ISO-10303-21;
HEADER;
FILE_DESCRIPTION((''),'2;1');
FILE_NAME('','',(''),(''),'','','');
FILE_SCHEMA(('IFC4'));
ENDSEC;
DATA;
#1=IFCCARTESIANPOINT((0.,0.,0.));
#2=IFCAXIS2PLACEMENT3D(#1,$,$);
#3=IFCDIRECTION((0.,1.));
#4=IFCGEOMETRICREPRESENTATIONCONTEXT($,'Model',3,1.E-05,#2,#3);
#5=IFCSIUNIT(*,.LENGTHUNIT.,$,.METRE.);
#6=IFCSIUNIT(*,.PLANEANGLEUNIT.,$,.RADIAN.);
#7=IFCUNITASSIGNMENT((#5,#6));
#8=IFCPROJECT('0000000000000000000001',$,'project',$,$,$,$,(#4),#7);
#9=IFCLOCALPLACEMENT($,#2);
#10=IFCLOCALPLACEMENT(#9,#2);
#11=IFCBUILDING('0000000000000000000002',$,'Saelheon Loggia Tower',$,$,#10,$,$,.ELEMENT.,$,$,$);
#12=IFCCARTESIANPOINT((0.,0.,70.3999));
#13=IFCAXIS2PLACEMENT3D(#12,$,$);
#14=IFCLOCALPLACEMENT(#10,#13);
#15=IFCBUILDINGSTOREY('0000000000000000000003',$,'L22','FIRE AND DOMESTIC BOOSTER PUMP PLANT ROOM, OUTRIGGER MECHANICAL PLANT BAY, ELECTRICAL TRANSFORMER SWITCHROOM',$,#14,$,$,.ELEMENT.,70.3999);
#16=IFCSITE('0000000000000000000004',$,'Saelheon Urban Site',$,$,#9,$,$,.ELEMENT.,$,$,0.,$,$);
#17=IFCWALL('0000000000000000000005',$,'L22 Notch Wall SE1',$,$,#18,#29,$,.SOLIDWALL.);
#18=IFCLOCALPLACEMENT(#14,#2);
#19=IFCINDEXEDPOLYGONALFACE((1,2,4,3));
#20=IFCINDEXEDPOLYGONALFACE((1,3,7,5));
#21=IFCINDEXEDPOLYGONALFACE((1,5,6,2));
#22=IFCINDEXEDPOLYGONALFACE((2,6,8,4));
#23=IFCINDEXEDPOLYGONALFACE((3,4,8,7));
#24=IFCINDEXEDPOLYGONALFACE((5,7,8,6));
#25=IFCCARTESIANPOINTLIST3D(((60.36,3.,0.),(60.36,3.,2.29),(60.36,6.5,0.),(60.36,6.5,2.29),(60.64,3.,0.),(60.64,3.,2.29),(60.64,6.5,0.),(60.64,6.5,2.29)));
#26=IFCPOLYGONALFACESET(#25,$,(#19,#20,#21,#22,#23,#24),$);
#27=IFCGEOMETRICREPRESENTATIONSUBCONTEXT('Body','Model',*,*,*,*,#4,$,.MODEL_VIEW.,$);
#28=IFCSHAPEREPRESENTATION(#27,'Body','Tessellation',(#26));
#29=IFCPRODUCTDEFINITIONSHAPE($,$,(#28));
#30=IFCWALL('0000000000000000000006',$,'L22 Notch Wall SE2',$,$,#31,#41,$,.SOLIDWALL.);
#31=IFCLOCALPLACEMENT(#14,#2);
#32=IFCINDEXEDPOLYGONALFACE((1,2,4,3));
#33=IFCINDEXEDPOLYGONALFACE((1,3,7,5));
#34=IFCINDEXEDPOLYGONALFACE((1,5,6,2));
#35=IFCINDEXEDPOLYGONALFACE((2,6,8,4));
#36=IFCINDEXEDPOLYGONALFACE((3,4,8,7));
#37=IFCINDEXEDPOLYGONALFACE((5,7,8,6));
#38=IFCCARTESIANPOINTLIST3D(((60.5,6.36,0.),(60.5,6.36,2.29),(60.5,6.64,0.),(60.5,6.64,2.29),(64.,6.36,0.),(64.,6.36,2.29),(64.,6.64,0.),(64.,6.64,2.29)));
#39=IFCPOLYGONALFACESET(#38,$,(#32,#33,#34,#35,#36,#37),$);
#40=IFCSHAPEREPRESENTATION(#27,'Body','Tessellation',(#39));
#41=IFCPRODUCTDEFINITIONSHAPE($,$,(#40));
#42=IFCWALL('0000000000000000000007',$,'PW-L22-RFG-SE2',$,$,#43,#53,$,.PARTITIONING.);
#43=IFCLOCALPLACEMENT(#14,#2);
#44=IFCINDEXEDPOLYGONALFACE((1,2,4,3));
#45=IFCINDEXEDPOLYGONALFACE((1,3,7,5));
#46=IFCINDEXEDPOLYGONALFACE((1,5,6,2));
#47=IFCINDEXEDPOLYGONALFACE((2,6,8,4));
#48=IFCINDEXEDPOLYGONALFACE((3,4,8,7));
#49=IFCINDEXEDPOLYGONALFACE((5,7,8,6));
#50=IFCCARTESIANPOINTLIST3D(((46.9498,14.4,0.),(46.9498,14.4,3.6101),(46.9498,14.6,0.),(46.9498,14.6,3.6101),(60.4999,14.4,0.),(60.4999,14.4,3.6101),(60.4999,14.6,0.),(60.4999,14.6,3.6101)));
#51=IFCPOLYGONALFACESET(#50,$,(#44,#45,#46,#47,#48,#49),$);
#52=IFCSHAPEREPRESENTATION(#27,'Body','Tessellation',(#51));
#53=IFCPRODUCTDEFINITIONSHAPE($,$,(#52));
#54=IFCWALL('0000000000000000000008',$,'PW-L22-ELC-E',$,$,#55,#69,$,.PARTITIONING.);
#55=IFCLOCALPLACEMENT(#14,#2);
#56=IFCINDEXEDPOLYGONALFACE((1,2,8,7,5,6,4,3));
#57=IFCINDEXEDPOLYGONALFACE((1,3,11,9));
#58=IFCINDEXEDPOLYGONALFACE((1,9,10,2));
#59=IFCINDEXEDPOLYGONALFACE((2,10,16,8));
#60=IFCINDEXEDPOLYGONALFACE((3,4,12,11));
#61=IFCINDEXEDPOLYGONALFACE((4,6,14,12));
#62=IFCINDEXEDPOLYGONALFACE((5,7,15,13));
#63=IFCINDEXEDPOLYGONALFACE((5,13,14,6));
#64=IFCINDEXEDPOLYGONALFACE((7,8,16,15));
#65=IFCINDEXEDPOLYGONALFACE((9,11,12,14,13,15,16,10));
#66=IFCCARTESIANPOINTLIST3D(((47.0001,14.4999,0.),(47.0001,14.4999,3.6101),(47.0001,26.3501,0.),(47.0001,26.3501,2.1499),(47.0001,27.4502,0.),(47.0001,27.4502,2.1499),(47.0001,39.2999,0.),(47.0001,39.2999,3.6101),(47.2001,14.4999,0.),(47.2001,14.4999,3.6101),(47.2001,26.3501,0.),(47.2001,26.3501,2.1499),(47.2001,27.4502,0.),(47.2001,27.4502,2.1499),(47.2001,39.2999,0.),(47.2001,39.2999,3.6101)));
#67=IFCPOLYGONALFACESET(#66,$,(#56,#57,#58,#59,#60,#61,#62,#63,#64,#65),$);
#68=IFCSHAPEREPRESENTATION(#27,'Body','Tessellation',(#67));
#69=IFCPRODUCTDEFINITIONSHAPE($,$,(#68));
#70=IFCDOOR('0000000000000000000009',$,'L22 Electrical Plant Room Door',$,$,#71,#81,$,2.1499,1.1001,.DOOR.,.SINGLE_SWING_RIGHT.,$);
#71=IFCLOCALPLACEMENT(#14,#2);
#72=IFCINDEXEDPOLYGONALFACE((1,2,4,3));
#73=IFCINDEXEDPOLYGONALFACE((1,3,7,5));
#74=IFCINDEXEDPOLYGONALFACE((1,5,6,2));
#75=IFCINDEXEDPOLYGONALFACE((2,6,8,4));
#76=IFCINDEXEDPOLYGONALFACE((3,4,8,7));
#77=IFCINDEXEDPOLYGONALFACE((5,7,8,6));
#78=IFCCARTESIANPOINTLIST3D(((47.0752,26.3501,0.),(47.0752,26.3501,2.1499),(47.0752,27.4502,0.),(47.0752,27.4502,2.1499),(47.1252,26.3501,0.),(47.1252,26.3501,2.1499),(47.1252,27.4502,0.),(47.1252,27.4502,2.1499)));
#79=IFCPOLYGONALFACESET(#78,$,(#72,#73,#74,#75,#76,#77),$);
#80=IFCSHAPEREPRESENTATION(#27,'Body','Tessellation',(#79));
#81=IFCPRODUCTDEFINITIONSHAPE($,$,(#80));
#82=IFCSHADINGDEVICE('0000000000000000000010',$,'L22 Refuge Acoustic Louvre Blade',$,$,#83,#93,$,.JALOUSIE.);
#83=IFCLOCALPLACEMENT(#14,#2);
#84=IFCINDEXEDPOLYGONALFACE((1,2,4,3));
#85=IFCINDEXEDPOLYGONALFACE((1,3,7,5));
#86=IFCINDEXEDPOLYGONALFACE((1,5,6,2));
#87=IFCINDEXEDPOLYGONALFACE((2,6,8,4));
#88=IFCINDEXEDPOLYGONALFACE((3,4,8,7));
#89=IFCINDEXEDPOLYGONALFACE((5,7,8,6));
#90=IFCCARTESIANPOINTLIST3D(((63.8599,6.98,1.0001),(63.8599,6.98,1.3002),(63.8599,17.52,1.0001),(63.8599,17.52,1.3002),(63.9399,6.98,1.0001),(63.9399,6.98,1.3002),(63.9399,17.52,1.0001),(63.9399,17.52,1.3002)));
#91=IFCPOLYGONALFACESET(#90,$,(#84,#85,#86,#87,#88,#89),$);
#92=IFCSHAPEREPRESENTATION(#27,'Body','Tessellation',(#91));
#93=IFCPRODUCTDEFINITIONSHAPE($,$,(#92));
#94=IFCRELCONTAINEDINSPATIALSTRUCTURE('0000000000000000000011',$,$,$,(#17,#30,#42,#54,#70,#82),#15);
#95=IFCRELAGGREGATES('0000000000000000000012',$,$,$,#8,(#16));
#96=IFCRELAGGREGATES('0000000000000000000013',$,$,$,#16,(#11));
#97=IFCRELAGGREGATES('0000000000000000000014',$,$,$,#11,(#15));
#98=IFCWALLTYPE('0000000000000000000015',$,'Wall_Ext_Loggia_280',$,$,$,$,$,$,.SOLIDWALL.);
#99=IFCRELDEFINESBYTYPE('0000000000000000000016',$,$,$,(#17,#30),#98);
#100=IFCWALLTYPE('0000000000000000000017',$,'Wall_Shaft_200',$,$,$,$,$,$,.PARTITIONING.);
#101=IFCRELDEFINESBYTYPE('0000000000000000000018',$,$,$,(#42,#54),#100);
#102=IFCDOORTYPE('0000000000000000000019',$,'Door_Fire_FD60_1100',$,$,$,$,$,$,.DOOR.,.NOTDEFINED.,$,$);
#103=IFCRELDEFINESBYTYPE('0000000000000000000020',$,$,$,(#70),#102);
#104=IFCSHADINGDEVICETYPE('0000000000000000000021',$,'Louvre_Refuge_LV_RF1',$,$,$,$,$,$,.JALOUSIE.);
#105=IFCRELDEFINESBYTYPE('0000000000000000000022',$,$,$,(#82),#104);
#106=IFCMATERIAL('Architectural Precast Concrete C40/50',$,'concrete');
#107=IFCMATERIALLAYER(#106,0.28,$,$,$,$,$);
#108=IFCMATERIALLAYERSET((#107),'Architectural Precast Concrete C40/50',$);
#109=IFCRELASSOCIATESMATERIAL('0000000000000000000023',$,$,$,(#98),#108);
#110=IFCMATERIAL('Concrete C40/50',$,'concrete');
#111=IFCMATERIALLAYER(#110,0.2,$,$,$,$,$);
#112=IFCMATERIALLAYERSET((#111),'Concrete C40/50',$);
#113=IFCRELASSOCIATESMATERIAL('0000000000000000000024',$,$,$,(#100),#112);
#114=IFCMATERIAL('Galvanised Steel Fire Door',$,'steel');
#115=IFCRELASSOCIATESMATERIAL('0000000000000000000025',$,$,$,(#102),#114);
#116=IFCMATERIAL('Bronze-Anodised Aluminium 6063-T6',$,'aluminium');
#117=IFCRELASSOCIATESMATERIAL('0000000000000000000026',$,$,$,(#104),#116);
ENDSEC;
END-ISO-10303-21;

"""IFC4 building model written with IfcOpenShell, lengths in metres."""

from ifc_helpers import new_model, si_unit, direction, frame, frame_2d, origin, origin_2d, place, context, subcontext, project, spatial, rectangle, extrude, source, transform, mapped, material, layer, layer_set, material_profile, profile_set, type_object, element, fill, save


model = new_model("IFC4")

# Units and contexts
model_context = context("Model", 3, precision=1e-05, world=origin(), true_north=direction((0.0, 1.0)))
body_context = subcontext(model_context, "Body", "Model", "MODEL_VIEW")
ifc_project = project(units=[si_unit("LENGTHUNIT", "METRE"), si_unit("PLANEANGLEUNIT", "RADIAN")], contexts=[model_context])

# Site, building, storey
site_placement = place(None, origin())
site = spatial("IfcSite", under=ifc_project, at=site_placement, Name="Saelheon Urban Site", CompositionType="ELEMENT", RefElevation=0.0)
building_placement = place(site_placement, origin())
building = spatial("IfcBuilding", under=site, at=building_placement, Name="Saelheon Loggia Tower", CompositionType="ELEMENT")
storey_placement = place(building_placement, frame((0.0, 0.0, 70.3999)))
storey = spatial("IfcBuildingStorey", under=building, at=storey_placement, Name="L22", Description="FIRE AND DOMESTIC BOOSTER PUMP PLANT ROOM, OUTRIGGER MECHANICAL PLANT BAY, ELECTRICAL TRANSFORMER SWITCHROOM", CompositionType="ELEMENT", Elevation=70.3999)

# Shared definitions
ifc_material_1 = material(Name="Concrete C40/50", Category="concrete")

# Walls
ifc_material_2 = material(Name="Architectural Precast Concrete C40/50", Category="concrete")
ifc_layer_1 = layer(ifc_material_2, 0.28)
ifc_layer_set_1 = layer_set([ifc_layer_1], Name="Architectural Precast Concrete C40/50")
wall_type_1 = type_object("IfcWallType", Name="Wall_Ext_Loggia_280", PredefinedType="SOLIDWALL", material=ifc_layer_set_1)
for number, where, z_axis, x_axis, name in (
    (1, (60.5, 3.0, 0.0), (0.0, 0.0, 1.0), (0.0, 1.0, 0.0), "L22 Notch Wall SE1"),
    (2, (60.5, 6.5, 0.0), (0.0, 0.0, 1.0), (1.0, 0.0, 0.0), "L22 Notch Wall SE2"),
):
    element("IfcWall", number, at=place(storey_placement, frame(where, z_axis=z_axis, x_axis=x_axis)), inside=storey, type_object=wall_type_1, Name=name, PredefinedType="SOLIDWALL", context=body_context, shape_type="SweptSolid", body=[
        extrude(rectangle(XDim=3.5, YDim=0.28, at=frame_2d((1.75, 0.0))), origin(), (0.0, 0.0, 1.0), 2.29),
    ])
ifc_layer_2 = layer(ifc_material_1, 0.2)
ifc_layer_set_2 = layer_set([ifc_layer_2], Name="Concrete C40/50")
wall_type_2 = type_object("IfcWallType", Name="Wall_Shaft_200", PredefinedType="PARTITIONING", material=ifc_layer_set_2)
wall_1_placement = place(storey_placement, frame((46.95, 14.5, 0.0), z_axis=(0.0, 0.0, 1.0), x_axis=(1.0, 0.0, 0.0)))
element("IfcWall", 3, at=wall_1_placement, inside=storey, type_object=wall_type_2, Name="PW-L22-RFG-SE2", PredefinedType="PARTITIONING", context=body_context, shape_type="SweptSolid", body=[
    extrude(rectangle(XDim=13.55, YDim=0.2, at=frame_2d((6.7749, 0.0))), origin(), (0.0, 0.0, 1.0), 3.6101),
])

# Wall, opening, door
wall_2_placement = place(storey_placement, frame((47.1001, 14.5, 0.0), z_axis=(0.0, 0.0, 1.0), x_axis=(0.0, 1.0, 0.0)))
wall_2 = element("IfcWall", 4, at=wall_2_placement, inside=storey, type_object=wall_type_2, Name="PW-L22-ELC-E", PredefinedType="PARTITIONING", context=body_context, shape_type="SweptSolid", body=[
    extrude(rectangle(XDim=24.8, YDim=0.2, at=frame_2d((12.3999, 0.0))), origin(), (0.0, 0.0, 1.0), 3.6101),
])
opening_placement = place(wall_2_placement, frame((11.8501, 0.0, 0.0)))
opening = element("IfcOpeningElement", 5, at=opening_placement, cuts=wall_2, PredefinedType="OPENING", context=body_context, shape_type="SweptSolid", body=[
    extrude(rectangle(XDim=1.1001, YDim=2.1499, at=frame_2d((0.55, 1.075))), frame((0.0, 0.1121, 0.0), z_axis=(0.0, -1.0, 0.0), x_axis=(1.0, 0.0, 0.0)), (0.0, 0.0, 1.0), 0.2239),
])
ifc_material_3 = material(Name="Galvanised Steel Fire Door", Category="steel")
door_type = type_object("IfcDoorType", Name="Door_Fire_FD60_1100", OperationType="NOTDEFINED", PredefinedType="DOOR", material=ifc_material_3)
shared_shape_1 = source(origin(), body_context, "Body", "SweptSolid", [
    extrude(rectangle(XDim=1.1001, YDim=2.1499, at=frame_2d((0.55, 1.075))), frame((0.0, 0.0249, 0.0), z_axis=(0.0, -1.0, 0.0), x_axis=(1.0, 0.0, 0.0)), (0.0, 0.0, 1.0), 0.05),
])
door_placement = place(opening_placement, origin())
door = element("IfcDoor", 6, at=door_placement, inside=storey, type_object=door_type, Name="L22 Electrical Plant Room Door", OperationType="SINGLE_SWING_RIGHT", OverallHeight=2.1499, OverallWidth=1.1001, PredefinedType="DOOR", context=body_context, shape_type="MappedRepresentation", body=[
    mapped(shared_shape_1, transform((0.0, 0.0, 0.0), scale=1.0)),
])
fill(opening, door)

# Shading device
ifc_material_4 = material(Name="Bronze-Anodised Aluminium 6063-T6", Category="aluminium")
ifc_material_profile_1 = material_profile(ifc_material_4, rectangle(XDim=0.0801, YDim=0.3, at=origin_2d()), Name="Louvre_Refuge_LV_RF1")
ifc_profile_set_1 = profile_set([ifc_material_profile_1], Name="Bronze-Anodised Aluminium 6063-T6")
shading_device_type = type_object("IfcShadingDeviceType", Name="Louvre_Refuge_LV_RF1", PredefinedType="JALOUSIE", material=ifc_profile_set_1)
shared_shape_2 = source(origin(), body_context, "Body", "SweptSolid", [
    extrude(rectangle(XDim=0.0801, YDim=0.3, at=origin_2d()), origin(), (0.0, 0.0, 1.0), 10.54),
])
shading_device_placement = place(storey_placement, frame((63.8999, 6.98, 1.1501), z_axis=(0.0, 1.0, 0.0), x_axis=(-1.0, 0.0, 0.0)))
element("IfcShadingDevice", 7, at=shading_device_placement, inside=storey, type_object=shading_device_type, Name="L22 Refuge Acoustic Louvre Blade", PredefinedType="JALOUSIE", context=body_context, shape_type="MappedRepresentation", body=[
    mapped(shared_shape_2, transform((0.0, 0.0, 0.0), scale=1.0)),
])

save(model, "model.ifc")
